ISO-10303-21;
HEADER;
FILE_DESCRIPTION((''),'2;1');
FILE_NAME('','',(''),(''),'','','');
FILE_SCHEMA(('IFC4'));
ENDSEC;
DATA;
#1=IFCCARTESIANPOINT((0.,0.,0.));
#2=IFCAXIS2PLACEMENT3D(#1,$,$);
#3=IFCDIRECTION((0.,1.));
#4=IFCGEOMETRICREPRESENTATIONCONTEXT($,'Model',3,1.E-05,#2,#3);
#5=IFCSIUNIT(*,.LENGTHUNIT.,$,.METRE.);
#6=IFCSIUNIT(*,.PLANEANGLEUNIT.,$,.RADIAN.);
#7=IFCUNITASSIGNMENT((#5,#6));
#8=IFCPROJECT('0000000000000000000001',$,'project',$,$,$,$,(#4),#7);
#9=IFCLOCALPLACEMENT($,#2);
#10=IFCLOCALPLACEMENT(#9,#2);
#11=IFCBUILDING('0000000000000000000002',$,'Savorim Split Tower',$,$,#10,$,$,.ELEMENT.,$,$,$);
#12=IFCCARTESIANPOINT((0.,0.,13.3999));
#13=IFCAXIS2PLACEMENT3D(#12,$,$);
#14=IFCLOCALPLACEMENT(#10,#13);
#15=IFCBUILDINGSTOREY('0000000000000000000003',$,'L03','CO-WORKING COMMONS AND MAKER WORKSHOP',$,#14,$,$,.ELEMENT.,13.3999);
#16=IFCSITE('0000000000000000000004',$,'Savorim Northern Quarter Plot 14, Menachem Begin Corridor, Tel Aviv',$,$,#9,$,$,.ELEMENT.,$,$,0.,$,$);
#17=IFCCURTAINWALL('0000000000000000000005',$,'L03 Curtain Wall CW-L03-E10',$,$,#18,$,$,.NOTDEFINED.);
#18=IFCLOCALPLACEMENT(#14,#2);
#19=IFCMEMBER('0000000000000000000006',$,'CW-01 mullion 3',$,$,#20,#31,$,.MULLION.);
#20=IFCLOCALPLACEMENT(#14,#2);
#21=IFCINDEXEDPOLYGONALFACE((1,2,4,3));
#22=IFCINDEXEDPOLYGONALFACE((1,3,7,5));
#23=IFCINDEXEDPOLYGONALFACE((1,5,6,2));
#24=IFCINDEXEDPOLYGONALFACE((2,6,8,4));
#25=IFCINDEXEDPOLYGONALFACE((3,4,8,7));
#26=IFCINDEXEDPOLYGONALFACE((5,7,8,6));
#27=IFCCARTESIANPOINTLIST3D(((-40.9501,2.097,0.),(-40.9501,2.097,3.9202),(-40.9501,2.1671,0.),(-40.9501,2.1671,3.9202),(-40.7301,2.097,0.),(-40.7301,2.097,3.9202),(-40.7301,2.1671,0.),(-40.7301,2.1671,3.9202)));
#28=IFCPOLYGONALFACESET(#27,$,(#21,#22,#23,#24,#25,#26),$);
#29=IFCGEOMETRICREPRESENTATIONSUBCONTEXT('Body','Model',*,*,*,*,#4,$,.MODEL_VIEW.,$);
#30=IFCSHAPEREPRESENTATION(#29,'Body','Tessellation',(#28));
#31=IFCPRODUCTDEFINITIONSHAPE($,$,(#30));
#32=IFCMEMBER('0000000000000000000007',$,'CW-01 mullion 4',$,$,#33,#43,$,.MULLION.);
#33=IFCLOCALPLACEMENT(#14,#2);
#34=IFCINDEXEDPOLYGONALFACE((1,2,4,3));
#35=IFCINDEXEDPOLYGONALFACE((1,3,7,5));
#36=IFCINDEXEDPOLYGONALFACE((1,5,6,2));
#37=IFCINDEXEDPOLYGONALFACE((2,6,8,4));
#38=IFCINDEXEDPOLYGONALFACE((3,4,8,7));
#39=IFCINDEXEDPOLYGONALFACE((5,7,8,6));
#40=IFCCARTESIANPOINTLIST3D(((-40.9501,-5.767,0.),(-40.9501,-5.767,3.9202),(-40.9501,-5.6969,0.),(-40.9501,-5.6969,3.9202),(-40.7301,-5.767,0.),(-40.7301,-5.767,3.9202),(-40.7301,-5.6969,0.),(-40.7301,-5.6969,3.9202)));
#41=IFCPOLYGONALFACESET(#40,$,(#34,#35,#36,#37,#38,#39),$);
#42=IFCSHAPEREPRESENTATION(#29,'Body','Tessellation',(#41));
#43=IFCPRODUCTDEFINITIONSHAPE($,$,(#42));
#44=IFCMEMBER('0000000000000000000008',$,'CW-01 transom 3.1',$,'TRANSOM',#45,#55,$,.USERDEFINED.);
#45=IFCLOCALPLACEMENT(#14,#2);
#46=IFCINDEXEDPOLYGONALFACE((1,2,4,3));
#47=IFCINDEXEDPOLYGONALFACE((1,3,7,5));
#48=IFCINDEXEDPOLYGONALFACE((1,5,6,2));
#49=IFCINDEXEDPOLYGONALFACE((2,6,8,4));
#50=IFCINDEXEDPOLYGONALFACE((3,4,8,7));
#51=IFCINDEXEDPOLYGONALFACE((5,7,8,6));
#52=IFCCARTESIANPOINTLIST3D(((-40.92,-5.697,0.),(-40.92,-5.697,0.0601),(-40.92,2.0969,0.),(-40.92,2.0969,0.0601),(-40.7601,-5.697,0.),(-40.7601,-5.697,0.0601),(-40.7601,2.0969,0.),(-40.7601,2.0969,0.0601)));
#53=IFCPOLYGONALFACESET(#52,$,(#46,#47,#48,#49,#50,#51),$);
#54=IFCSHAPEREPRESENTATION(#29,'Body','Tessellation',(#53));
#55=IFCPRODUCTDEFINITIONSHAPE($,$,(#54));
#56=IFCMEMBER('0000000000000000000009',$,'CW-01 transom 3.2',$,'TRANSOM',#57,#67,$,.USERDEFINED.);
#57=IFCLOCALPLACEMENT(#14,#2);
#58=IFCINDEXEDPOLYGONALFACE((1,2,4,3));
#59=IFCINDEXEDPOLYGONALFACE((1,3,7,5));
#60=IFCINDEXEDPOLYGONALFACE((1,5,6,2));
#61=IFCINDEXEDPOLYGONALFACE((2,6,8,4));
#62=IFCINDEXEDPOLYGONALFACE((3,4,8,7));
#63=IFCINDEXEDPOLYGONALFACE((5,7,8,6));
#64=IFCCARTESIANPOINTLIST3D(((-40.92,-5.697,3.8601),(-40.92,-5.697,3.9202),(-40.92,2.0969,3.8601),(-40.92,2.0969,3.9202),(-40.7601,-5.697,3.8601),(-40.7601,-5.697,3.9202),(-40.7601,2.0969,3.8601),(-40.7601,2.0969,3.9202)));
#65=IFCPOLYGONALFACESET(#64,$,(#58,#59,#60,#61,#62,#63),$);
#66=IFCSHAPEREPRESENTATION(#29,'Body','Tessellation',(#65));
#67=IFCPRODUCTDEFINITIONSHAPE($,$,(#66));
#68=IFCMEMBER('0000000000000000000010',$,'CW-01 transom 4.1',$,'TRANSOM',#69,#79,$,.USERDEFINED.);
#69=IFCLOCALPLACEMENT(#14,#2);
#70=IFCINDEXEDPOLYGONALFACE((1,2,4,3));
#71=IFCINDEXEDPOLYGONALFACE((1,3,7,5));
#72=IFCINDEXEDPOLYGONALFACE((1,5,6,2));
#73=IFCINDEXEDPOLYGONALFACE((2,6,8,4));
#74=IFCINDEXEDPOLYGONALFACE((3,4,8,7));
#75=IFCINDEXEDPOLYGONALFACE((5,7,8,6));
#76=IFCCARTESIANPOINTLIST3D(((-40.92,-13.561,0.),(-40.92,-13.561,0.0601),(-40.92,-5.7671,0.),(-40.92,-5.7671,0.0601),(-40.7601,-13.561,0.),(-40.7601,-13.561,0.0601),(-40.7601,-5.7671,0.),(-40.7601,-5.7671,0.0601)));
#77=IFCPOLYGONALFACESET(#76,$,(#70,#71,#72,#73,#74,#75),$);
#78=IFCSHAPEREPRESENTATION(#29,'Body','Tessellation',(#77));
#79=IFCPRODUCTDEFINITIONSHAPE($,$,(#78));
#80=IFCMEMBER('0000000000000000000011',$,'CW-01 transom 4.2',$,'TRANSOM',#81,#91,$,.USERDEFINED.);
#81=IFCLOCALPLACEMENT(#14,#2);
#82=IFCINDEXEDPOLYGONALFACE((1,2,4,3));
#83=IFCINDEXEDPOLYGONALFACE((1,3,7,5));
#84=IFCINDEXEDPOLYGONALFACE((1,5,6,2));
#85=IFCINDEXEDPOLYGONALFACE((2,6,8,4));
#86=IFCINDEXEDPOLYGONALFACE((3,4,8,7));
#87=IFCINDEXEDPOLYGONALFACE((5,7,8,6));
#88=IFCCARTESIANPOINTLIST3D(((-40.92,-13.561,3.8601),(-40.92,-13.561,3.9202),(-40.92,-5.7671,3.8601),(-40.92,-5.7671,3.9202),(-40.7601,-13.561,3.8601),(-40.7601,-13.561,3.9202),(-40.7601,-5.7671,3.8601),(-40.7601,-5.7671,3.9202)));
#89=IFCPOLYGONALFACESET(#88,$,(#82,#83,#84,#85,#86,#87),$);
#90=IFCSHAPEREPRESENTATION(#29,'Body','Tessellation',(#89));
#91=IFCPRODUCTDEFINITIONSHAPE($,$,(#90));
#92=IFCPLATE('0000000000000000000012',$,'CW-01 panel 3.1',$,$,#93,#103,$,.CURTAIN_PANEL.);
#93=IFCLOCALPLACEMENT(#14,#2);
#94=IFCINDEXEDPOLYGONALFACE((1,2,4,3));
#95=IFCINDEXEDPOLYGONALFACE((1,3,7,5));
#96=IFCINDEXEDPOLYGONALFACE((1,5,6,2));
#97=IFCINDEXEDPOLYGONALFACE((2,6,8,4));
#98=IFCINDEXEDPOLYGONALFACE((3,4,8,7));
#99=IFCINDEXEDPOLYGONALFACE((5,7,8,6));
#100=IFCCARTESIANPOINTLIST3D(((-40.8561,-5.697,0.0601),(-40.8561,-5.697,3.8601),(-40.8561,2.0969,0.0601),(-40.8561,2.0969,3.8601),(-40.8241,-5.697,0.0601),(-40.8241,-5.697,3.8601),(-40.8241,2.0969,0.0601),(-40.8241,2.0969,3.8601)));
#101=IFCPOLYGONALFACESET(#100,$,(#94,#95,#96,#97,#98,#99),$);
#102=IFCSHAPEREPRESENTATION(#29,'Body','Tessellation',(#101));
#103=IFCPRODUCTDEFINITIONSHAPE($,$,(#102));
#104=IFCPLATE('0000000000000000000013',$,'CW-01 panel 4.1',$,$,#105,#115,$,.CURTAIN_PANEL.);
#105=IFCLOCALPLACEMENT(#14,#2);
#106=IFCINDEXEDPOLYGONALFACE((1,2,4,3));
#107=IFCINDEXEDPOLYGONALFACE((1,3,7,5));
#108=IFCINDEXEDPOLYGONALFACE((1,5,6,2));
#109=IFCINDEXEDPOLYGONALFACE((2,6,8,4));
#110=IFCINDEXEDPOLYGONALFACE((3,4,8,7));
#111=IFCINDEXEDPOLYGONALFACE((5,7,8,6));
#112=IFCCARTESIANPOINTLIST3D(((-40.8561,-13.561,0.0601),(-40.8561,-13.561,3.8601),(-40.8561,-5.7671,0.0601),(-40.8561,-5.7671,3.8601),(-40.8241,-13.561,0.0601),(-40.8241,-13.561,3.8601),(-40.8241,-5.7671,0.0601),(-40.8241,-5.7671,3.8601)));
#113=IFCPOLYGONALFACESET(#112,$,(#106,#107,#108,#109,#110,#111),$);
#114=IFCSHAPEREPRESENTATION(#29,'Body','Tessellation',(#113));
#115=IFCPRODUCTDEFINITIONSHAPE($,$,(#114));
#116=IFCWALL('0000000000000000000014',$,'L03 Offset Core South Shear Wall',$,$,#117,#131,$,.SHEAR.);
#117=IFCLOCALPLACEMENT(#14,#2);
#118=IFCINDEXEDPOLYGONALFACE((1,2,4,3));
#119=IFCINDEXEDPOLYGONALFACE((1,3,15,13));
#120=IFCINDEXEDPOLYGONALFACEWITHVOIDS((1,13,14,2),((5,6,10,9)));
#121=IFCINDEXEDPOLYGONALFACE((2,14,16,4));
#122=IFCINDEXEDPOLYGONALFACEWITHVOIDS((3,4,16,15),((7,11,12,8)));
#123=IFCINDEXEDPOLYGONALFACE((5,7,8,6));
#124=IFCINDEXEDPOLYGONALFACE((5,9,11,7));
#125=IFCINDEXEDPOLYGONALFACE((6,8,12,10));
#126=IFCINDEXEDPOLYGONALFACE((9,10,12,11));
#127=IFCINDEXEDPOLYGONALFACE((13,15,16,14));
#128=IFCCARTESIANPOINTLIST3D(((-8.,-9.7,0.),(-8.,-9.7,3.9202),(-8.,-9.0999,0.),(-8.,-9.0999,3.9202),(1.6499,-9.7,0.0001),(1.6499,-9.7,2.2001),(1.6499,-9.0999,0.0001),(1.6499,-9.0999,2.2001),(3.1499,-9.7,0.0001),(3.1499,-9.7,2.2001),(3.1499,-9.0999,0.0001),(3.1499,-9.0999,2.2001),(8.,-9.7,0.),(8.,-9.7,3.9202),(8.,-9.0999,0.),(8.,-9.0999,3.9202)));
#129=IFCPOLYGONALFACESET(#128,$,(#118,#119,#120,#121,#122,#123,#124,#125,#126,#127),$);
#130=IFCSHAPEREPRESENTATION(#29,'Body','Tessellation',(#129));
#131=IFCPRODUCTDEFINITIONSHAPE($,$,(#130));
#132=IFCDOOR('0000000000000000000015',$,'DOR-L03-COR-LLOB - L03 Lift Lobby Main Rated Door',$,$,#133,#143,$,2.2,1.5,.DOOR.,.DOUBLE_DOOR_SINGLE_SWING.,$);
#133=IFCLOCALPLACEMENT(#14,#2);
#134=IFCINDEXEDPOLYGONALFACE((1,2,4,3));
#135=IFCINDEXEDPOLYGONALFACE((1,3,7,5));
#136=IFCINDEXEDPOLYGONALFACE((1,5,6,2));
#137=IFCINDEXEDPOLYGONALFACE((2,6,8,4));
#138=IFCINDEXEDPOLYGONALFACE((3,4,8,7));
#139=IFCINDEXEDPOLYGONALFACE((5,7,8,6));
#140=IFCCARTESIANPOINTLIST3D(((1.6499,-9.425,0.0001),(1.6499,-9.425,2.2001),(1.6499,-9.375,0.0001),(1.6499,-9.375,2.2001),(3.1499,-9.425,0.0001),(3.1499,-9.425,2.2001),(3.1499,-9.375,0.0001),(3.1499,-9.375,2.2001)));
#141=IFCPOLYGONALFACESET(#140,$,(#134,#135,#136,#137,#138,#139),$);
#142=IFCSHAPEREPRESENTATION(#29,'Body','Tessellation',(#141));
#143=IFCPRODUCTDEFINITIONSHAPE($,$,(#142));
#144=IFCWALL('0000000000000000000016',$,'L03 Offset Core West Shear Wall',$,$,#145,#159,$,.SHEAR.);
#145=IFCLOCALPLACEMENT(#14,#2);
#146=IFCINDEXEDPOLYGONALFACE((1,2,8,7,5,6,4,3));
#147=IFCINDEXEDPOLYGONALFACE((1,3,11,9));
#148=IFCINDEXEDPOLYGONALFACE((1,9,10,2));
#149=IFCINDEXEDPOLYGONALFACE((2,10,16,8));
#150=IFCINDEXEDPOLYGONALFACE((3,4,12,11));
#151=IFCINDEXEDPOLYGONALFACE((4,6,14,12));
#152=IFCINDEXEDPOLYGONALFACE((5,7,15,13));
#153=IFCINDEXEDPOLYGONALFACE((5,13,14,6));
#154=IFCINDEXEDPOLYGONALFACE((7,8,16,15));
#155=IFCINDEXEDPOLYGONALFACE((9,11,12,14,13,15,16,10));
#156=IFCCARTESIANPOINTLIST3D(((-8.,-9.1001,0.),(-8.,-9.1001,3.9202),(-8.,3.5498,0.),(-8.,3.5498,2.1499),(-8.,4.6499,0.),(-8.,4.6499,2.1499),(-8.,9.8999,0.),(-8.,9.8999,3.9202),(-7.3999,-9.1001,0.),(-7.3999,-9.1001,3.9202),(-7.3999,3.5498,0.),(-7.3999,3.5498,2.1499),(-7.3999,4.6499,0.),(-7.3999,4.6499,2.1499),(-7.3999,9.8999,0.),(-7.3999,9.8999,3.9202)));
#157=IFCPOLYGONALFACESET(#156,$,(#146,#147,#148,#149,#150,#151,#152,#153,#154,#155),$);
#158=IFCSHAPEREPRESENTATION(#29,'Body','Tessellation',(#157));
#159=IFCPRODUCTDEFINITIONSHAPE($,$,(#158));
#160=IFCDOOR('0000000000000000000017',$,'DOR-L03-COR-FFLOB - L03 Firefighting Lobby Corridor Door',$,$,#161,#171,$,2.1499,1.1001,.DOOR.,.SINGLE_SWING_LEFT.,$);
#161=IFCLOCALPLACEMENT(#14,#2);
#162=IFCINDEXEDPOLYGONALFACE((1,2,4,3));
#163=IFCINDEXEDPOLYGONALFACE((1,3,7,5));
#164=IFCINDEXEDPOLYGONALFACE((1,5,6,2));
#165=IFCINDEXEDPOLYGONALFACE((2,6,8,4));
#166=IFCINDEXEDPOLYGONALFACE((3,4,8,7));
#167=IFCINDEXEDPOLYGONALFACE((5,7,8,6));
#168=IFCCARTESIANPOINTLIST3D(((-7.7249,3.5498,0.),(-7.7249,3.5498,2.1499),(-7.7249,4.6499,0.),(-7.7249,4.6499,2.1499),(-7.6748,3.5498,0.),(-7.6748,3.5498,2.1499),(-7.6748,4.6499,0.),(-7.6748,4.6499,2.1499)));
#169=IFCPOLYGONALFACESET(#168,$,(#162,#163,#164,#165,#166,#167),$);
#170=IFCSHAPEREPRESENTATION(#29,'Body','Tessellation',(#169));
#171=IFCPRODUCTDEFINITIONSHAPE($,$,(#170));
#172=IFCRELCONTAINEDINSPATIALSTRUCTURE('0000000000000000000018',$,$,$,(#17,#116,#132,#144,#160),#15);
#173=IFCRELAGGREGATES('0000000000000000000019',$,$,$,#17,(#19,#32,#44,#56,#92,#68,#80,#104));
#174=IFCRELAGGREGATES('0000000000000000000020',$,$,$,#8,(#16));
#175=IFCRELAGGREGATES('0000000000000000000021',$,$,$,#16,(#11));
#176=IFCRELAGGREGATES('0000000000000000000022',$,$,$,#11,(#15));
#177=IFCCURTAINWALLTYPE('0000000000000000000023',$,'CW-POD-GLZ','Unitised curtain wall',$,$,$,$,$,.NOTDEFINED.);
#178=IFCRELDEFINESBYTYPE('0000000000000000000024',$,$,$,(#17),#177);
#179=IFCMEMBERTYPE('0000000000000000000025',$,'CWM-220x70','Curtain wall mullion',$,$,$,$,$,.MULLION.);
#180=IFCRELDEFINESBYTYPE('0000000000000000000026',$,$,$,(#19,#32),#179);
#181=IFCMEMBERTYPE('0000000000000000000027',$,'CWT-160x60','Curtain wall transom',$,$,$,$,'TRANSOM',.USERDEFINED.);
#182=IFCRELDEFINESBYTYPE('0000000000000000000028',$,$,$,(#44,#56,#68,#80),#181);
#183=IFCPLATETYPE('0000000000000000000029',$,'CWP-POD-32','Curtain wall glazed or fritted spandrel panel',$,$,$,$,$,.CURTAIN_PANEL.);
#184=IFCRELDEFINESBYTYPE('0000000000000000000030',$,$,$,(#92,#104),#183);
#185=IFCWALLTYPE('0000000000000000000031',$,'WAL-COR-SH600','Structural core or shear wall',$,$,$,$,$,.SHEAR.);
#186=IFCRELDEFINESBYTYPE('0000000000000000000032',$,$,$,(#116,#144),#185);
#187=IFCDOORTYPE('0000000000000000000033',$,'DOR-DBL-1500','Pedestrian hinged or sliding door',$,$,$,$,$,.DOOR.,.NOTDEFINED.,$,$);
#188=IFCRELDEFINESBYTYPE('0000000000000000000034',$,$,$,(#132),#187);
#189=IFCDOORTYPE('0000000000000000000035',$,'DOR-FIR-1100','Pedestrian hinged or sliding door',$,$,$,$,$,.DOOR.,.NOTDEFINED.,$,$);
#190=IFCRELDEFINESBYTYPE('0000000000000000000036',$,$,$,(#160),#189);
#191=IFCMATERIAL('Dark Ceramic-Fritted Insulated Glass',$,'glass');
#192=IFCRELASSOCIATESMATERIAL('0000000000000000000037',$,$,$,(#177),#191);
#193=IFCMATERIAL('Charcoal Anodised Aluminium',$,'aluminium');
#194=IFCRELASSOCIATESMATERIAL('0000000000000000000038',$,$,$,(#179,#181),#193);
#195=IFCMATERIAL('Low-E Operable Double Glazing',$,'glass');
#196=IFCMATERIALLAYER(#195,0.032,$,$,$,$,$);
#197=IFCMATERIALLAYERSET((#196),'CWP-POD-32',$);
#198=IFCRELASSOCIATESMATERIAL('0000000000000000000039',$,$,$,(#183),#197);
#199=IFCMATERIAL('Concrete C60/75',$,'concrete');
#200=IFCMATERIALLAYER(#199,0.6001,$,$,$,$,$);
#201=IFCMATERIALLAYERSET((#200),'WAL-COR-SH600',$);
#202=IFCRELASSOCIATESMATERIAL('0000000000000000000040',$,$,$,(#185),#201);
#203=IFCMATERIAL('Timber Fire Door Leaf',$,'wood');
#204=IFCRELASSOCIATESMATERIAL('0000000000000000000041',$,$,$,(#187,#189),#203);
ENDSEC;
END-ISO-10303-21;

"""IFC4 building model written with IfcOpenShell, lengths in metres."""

from ifc_helpers import new_model, si_unit, direction, frame, frame_2d, origin, origin_2d, place, context, subcontext, project, spatial, rectangle, extrude, material, layer, layer_set, material_profile, profile_set, type_object, element, fill, aggregate, save


model = new_model("IFC4")

# Units and contexts
model_context = context("Model", 3, precision=1e-05, world=origin(), true_north=direction((0.0, 1.0)))
body_context = subcontext(model_context, "Body", "Model", "MODEL_VIEW")
ifc_project = project(units=[si_unit("LENGTHUNIT", "METRE"), si_unit("PLANEANGLEUNIT", "RADIAN")], contexts=[model_context])

# Site, building, storey
site_placement = place(None, origin())
site = spatial("IfcSite", under=ifc_project, at=site_placement, Name="Savorim Northern Quarter Plot 14, Menachem Begin Corridor, Tel Aviv", CompositionType="ELEMENT", RefElevation=0.0)
building_placement = place(site_placement, origin())
building = spatial("IfcBuilding", under=site, at=building_placement, Name="Savorim Split Tower", CompositionType="ELEMENT")
storey_placement = place(building_placement, frame((0.0, 0.0, 13.3999)))
storey = spatial("IfcBuildingStorey", under=building, at=storey_placement, Name="L03", Description="CO-WORKING COMMONS AND MAKER WORKSHOP", CompositionType="ELEMENT", Elevation=13.3999)

# Shared definitions
ifc_material_1 = material(Name="Concrete C60/75", Category="concrete")

# Curtain wall, members, plates
ifc_material_2 = material(Name="Dark Ceramic-Fritted Insulated Glass", Category="glass")
curtain_wall_type = type_object("IfcCurtainWallType", Name="CW-POD-GLZ", Description="Unitised curtain wall", PredefinedType="NOTDEFINED", material=ifc_material_2)
curtain_wall_placement = place(storey_placement, origin())
curtain_wall = element("IfcCurtainWall", 1, at=curtain_wall_placement, inside=storey, type_object=curtain_wall_type, Name="L03 Curtain Wall CW-L03-E10", PredefinedType="NOTDEFINED")
ifc_material_3 = material(Name="Charcoal Anodised Aluminium", Category="aluminium")
ifc_material_profile_1 = material_profile(ifc_material_3, rectangle(XDim=0.22, YDim=0.0701, at=origin_2d()), Name="ALU-M 220x70")
ifc_profile_set_1 = profile_set([ifc_material_profile_1], Name="Charcoal Anodised Aluminium")
member_type_1 = type_object("IfcMemberType", Name="CWM-220x70", Description="Curtain wall mullion", PredefinedType="MULLION", material=ifc_profile_set_1)
member_1_placement = place(storey_placement, frame((-40.8401, 2.1321, 0.0), z_axis=(0.0, 0.0, 1.0), x_axis=(1.0, 0.0, 0.0)))
member_1 = element("IfcMember", 2, at=member_1_placement, type_object=member_type_1, Name="CW-01 mullion 3", PredefinedType="MULLION", context=body_context, shape_type="SweptSolid", body=[
    extrude(rectangle(XDim=0.22, YDim=0.0701, at=origin_2d()), origin(), (0.0, 0.0, 1.0), 3.9202),
])
member_2_placement = place(storey_placement, frame((-40.8401, -5.7319, 0.0), z_axis=(0.0, 0.0, 1.0), x_axis=(1.0, 0.0, 0.0)))
member_2 = element("IfcMember", 3, at=member_2_placement, type_object=member_type_1, Name="CW-01 mullion 4", PredefinedType="MULLION", context=body_context, shape_type="SweptSolid", body=[
    extrude(rectangle(XDim=0.22, YDim=0.0701, at=origin_2d()), origin(), (0.0, 0.0, 1.0), 3.9202),
])
ifc_material_profile_2 = material_profile(ifc_material_3, rectangle(XDim=0.1599, YDim=0.0601, at=origin_2d()), Name="ALU-T 160x60")
ifc_profile_set_2 = profile_set([ifc_material_profile_2], Name="Charcoal Anodised Aluminium")
member_type_2 = type_object("IfcMemberType", Name="CWT-160x60", Description="Curtain wall transom", ElementType="TRANSOM", PredefinedType="USERDEFINED", material=ifc_profile_set_2)
member_3_placement = place(storey_placement, frame((-40.8401, 2.0969, 0.03), z_axis=(0.0, -1.0, 0.0), x_axis=(1.0, 0.0, 0.0)))
member_3 = element("IfcMember", 4, at=member_3_placement, type_object=member_type_2, Name="CW-01 transom 3.1", ObjectType="TRANSOM", PredefinedType="USERDEFINED", context=body_context, shape_type="SweptSolid", body=[
    extrude(rectangle(XDim=0.1599, YDim=0.0601, at=origin_2d()), origin(), (0.0, 0.0, 1.0), 7.7939),
])
member_4_placement = place(storey_placement, frame((-40.8401, 2.0969, 3.8901), z_axis=(0.0, -1.0, 0.0), x_axis=(1.0, 0.0, 0.0)))
member_4 = element("IfcMember", 5, at=member_4_placement, type_object=member_type_2, Name="CW-01 transom 3.2", ObjectType="TRANSOM", PredefinedType="USERDEFINED", context=body_context, shape_type="SweptSolid", body=[
    extrude(rectangle(XDim=0.1599, YDim=0.0601, at=origin_2d()), origin(), (0.0, 0.0, 1.0), 7.7939),
])
member_5_placement = place(storey_placement, frame((-40.8401, -5.7671, 0.03), z_axis=(0.0, -1.0, 0.0), x_axis=(1.0, 0.0, 0.0)))
member_5 = element("IfcMember", 6, at=member_5_placement, type_object=member_type_2, Name="CW-01 transom 4.1", ObjectType="TRANSOM", PredefinedType="USERDEFINED", context=body_context, shape_type="SweptSolid", body=[
    extrude(rectangle(XDim=0.1599, YDim=0.0601, at=origin_2d()), origin(), (0.0, 0.0, 1.0), 7.7939),
])
member_6_placement = place(storey_placement, frame((-40.8401, -5.7671, 3.8901), z_axis=(0.0, -1.0, 0.0), x_axis=(1.0, 0.0, 0.0)))
member_6 = element("IfcMember", 7, at=member_6_placement, type_object=member_type_2, Name="CW-01 transom 4.2", ObjectType="TRANSOM", PredefinedType="USERDEFINED", context=body_context, shape_type="SweptSolid", body=[
    extrude(rectangle(XDim=0.1599, YDim=0.0601, at=origin_2d()), origin(), (0.0, 0.0, 1.0), 7.7939),
])
ifc_material_4 = material(Name="Low-E Operable Double Glazing", Category="glass")
ifc_layer_1 = layer(ifc_material_4, 0.032)
ifc_layer_set_1 = layer_set([ifc_layer_1], Name="CWP-POD-32")
plate_type = type_object("IfcPlateType", Name="CWP-POD-32", Description="Curtain wall glazed or fritted spandrel panel", PredefinedType="CURTAIN_PANEL", material=ifc_layer_set_1)
plate_1_placement = place(storey_placement, frame((-40.8401, -1.8, 0.0601), z_axis=(0.0, 0.0, 1.0), x_axis=(0.0, -1.0, 0.0)))
plate_1 = element("IfcPlate", 8, at=plate_1_placement, type_object=plate_type, Name="CW-01 panel 3.1", PredefinedType="CURTAIN_PANEL", context=body_context, shape_type="SweptSolid", body=[
    extrude(rectangle(XDim=7.7939, YDim=0.032, at=origin_2d()), origin(), (0.0, 0.0, 1.0), 3.8),
])
plate_2_placement = place(storey_placement, frame((-40.8401, -9.6641, 0.0601), z_axis=(0.0, 0.0, 1.0), x_axis=(0.0, -1.0, 0.0)))
plate_2 = element("IfcPlate", 9, at=plate_2_placement, type_object=plate_type, Name="CW-01 panel 4.1", PredefinedType="CURTAIN_PANEL", context=body_context, shape_type="SweptSolid", body=[
    extrude(rectangle(XDim=7.7939, YDim=0.032, at=origin_2d()), origin(), (0.0, 0.0, 1.0), 3.8),
])
aggregate(curtain_wall, [member_1, member_2, member_3, member_4, plate_1, member_5, member_6, plate_2])

# Walls, openings, doors
ifc_layer_2 = layer(ifc_material_1, 0.6001)
ifc_layer_set_2 = layer_set([ifc_layer_2], Name="WAL-COR-SH600")
wall_type_1 = type_object("IfcWallType", Name="WAL-COR-SH600", Description="Structural core or shear wall", PredefinedType="SHEAR", material=ifc_layer_set_2)
wall_1_placement = place(storey_placement, frame((-8.0, -9.3999, 0.0), z_axis=(0.0, 0.0, 1.0), x_axis=(1.0, 0.0, 0.0)))
wall_1 = element("IfcWall", 10, at=wall_1_placement, inside=storey, type_object=wall_type_1, Name="L03 Offset Core South Shear Wall", PredefinedType="SHEAR", context=body_context, shape_type="SweptSolid", body=[
    extrude(rectangle(XDim=16.0, YDim=0.6001, at=frame_2d((8.0, 0.0))), origin(), (0.0, 0.0, 1.0), 3.9202),
])
opening_1_placement = place(wall_1_placement, frame((9.6499, 0.0, 0.0)))
opening_1 = element("IfcOpeningElement", 11, at=opening_1_placement, cuts=wall_1, PredefinedType="OPENING", context=body_context, shape_type="SweptSolid", body=[
    extrude(rectangle(XDim=1.5, YDim=2.2, at=frame_2d((0.75, 1.1001))), frame((0.0, 0.3101, 0.0), z_axis=(0.0, -1.0, 0.0), x_axis=(1.0, 0.0, 0.0)), (0.0, 0.0, 1.0), 0.6201),
])
ifc_material_5 = material(Name="Timber Fire Door Leaf", Category="wood")
door_type_1 = type_object("IfcDoorType", Name="DOR-DBL-1500", Description="Pedestrian hinged or sliding door", OperationType="NOTDEFINED", PredefinedType="DOOR", material=ifc_material_5)
door_1_placement = place(opening_1_placement, origin())
door_1 = element("IfcDoor", 12, at=door_1_placement, inside=storey, type_object=door_type_1, Name="DOR-L03-COR-LLOB - L03 Lift Lobby Main Rated Door", OperationType="DOUBLE_DOOR_SINGLE_SWING", OverallHeight=2.2, OverallWidth=1.5, PredefinedType="DOOR", context=body_context, shape_type="SweptSolid", body=[
    extrude(rectangle(XDim=1.5, YDim=2.2, at=frame_2d((0.75, 1.1001))), frame((0.0, 0.0249, 0.0), z_axis=(0.0, -1.0, 0.0), x_axis=(1.0, 0.0, 0.0)), (0.0, 0.0, 1.0), 0.05),
])
fill(opening_1, door_1)
wall_2_placement = place(storey_placement, frame((-7.7, -9.1001, 0.0), z_axis=(0.0, 0.0, 1.0), x_axis=(0.0, 1.0, 0.0)))
wall_2 = element("IfcWall", 13, at=wall_2_placement, inside=storey, type_object=wall_type_1, Name="L03 Offset Core West Shear Wall", PredefinedType="SHEAR", context=body_context, shape_type="SweptSolid", body=[
    extrude(rectangle(XDim=19.0, YDim=0.6001, at=frame_2d((9.5, 0.0))), origin(), (0.0, 0.0, 1.0), 3.9202),
])
opening_2_placement = place(wall_2_placement, frame((12.6499, 0.0, 0.0)))
opening_2 = element("IfcOpeningElement", 14, at=opening_2_placement, cuts=wall_2, PredefinedType="OPENING", context=body_context, shape_type="SweptSolid", body=[
    extrude(rectangle(XDim=1.1001, YDim=2.1499, at=frame_2d((0.55, 1.075))), frame((0.0, 0.3101, 0.0), z_axis=(0.0, -1.0, 0.0), x_axis=(1.0, 0.0, 0.0)), (0.0, 0.0, 1.0), 0.6201),
])
door_type_2 = type_object("IfcDoorType", Name="DOR-FIR-1100", Description="Pedestrian hinged or sliding door", OperationType="NOTDEFINED", PredefinedType="DOOR", material=ifc_material_5)
door_2_placement = place(opening_2_placement, origin())
door_2 = element("IfcDoor", 15, at=door_2_placement, inside=storey, type_object=door_type_2, Name="DOR-L03-COR-FFLOB - L03 Firefighting Lobby Corridor Door", OperationType="SINGLE_SWING_LEFT", OverallHeight=2.1499, OverallWidth=1.1001, PredefinedType="DOOR", context=body_context, shape_type="SweptSolid", body=[
    extrude(rectangle(XDim=1.1001, YDim=2.1499, at=frame_2d((0.55, 1.075))), frame((0.0, 0.0249, 0.0), z_axis=(0.0, -1.0, 0.0), x_axis=(1.0, 0.0, 0.0)), (0.0, 0.0, 1.0), 0.05),
])
fill(opening_2, door_2)

save(model, "model.ifc")
